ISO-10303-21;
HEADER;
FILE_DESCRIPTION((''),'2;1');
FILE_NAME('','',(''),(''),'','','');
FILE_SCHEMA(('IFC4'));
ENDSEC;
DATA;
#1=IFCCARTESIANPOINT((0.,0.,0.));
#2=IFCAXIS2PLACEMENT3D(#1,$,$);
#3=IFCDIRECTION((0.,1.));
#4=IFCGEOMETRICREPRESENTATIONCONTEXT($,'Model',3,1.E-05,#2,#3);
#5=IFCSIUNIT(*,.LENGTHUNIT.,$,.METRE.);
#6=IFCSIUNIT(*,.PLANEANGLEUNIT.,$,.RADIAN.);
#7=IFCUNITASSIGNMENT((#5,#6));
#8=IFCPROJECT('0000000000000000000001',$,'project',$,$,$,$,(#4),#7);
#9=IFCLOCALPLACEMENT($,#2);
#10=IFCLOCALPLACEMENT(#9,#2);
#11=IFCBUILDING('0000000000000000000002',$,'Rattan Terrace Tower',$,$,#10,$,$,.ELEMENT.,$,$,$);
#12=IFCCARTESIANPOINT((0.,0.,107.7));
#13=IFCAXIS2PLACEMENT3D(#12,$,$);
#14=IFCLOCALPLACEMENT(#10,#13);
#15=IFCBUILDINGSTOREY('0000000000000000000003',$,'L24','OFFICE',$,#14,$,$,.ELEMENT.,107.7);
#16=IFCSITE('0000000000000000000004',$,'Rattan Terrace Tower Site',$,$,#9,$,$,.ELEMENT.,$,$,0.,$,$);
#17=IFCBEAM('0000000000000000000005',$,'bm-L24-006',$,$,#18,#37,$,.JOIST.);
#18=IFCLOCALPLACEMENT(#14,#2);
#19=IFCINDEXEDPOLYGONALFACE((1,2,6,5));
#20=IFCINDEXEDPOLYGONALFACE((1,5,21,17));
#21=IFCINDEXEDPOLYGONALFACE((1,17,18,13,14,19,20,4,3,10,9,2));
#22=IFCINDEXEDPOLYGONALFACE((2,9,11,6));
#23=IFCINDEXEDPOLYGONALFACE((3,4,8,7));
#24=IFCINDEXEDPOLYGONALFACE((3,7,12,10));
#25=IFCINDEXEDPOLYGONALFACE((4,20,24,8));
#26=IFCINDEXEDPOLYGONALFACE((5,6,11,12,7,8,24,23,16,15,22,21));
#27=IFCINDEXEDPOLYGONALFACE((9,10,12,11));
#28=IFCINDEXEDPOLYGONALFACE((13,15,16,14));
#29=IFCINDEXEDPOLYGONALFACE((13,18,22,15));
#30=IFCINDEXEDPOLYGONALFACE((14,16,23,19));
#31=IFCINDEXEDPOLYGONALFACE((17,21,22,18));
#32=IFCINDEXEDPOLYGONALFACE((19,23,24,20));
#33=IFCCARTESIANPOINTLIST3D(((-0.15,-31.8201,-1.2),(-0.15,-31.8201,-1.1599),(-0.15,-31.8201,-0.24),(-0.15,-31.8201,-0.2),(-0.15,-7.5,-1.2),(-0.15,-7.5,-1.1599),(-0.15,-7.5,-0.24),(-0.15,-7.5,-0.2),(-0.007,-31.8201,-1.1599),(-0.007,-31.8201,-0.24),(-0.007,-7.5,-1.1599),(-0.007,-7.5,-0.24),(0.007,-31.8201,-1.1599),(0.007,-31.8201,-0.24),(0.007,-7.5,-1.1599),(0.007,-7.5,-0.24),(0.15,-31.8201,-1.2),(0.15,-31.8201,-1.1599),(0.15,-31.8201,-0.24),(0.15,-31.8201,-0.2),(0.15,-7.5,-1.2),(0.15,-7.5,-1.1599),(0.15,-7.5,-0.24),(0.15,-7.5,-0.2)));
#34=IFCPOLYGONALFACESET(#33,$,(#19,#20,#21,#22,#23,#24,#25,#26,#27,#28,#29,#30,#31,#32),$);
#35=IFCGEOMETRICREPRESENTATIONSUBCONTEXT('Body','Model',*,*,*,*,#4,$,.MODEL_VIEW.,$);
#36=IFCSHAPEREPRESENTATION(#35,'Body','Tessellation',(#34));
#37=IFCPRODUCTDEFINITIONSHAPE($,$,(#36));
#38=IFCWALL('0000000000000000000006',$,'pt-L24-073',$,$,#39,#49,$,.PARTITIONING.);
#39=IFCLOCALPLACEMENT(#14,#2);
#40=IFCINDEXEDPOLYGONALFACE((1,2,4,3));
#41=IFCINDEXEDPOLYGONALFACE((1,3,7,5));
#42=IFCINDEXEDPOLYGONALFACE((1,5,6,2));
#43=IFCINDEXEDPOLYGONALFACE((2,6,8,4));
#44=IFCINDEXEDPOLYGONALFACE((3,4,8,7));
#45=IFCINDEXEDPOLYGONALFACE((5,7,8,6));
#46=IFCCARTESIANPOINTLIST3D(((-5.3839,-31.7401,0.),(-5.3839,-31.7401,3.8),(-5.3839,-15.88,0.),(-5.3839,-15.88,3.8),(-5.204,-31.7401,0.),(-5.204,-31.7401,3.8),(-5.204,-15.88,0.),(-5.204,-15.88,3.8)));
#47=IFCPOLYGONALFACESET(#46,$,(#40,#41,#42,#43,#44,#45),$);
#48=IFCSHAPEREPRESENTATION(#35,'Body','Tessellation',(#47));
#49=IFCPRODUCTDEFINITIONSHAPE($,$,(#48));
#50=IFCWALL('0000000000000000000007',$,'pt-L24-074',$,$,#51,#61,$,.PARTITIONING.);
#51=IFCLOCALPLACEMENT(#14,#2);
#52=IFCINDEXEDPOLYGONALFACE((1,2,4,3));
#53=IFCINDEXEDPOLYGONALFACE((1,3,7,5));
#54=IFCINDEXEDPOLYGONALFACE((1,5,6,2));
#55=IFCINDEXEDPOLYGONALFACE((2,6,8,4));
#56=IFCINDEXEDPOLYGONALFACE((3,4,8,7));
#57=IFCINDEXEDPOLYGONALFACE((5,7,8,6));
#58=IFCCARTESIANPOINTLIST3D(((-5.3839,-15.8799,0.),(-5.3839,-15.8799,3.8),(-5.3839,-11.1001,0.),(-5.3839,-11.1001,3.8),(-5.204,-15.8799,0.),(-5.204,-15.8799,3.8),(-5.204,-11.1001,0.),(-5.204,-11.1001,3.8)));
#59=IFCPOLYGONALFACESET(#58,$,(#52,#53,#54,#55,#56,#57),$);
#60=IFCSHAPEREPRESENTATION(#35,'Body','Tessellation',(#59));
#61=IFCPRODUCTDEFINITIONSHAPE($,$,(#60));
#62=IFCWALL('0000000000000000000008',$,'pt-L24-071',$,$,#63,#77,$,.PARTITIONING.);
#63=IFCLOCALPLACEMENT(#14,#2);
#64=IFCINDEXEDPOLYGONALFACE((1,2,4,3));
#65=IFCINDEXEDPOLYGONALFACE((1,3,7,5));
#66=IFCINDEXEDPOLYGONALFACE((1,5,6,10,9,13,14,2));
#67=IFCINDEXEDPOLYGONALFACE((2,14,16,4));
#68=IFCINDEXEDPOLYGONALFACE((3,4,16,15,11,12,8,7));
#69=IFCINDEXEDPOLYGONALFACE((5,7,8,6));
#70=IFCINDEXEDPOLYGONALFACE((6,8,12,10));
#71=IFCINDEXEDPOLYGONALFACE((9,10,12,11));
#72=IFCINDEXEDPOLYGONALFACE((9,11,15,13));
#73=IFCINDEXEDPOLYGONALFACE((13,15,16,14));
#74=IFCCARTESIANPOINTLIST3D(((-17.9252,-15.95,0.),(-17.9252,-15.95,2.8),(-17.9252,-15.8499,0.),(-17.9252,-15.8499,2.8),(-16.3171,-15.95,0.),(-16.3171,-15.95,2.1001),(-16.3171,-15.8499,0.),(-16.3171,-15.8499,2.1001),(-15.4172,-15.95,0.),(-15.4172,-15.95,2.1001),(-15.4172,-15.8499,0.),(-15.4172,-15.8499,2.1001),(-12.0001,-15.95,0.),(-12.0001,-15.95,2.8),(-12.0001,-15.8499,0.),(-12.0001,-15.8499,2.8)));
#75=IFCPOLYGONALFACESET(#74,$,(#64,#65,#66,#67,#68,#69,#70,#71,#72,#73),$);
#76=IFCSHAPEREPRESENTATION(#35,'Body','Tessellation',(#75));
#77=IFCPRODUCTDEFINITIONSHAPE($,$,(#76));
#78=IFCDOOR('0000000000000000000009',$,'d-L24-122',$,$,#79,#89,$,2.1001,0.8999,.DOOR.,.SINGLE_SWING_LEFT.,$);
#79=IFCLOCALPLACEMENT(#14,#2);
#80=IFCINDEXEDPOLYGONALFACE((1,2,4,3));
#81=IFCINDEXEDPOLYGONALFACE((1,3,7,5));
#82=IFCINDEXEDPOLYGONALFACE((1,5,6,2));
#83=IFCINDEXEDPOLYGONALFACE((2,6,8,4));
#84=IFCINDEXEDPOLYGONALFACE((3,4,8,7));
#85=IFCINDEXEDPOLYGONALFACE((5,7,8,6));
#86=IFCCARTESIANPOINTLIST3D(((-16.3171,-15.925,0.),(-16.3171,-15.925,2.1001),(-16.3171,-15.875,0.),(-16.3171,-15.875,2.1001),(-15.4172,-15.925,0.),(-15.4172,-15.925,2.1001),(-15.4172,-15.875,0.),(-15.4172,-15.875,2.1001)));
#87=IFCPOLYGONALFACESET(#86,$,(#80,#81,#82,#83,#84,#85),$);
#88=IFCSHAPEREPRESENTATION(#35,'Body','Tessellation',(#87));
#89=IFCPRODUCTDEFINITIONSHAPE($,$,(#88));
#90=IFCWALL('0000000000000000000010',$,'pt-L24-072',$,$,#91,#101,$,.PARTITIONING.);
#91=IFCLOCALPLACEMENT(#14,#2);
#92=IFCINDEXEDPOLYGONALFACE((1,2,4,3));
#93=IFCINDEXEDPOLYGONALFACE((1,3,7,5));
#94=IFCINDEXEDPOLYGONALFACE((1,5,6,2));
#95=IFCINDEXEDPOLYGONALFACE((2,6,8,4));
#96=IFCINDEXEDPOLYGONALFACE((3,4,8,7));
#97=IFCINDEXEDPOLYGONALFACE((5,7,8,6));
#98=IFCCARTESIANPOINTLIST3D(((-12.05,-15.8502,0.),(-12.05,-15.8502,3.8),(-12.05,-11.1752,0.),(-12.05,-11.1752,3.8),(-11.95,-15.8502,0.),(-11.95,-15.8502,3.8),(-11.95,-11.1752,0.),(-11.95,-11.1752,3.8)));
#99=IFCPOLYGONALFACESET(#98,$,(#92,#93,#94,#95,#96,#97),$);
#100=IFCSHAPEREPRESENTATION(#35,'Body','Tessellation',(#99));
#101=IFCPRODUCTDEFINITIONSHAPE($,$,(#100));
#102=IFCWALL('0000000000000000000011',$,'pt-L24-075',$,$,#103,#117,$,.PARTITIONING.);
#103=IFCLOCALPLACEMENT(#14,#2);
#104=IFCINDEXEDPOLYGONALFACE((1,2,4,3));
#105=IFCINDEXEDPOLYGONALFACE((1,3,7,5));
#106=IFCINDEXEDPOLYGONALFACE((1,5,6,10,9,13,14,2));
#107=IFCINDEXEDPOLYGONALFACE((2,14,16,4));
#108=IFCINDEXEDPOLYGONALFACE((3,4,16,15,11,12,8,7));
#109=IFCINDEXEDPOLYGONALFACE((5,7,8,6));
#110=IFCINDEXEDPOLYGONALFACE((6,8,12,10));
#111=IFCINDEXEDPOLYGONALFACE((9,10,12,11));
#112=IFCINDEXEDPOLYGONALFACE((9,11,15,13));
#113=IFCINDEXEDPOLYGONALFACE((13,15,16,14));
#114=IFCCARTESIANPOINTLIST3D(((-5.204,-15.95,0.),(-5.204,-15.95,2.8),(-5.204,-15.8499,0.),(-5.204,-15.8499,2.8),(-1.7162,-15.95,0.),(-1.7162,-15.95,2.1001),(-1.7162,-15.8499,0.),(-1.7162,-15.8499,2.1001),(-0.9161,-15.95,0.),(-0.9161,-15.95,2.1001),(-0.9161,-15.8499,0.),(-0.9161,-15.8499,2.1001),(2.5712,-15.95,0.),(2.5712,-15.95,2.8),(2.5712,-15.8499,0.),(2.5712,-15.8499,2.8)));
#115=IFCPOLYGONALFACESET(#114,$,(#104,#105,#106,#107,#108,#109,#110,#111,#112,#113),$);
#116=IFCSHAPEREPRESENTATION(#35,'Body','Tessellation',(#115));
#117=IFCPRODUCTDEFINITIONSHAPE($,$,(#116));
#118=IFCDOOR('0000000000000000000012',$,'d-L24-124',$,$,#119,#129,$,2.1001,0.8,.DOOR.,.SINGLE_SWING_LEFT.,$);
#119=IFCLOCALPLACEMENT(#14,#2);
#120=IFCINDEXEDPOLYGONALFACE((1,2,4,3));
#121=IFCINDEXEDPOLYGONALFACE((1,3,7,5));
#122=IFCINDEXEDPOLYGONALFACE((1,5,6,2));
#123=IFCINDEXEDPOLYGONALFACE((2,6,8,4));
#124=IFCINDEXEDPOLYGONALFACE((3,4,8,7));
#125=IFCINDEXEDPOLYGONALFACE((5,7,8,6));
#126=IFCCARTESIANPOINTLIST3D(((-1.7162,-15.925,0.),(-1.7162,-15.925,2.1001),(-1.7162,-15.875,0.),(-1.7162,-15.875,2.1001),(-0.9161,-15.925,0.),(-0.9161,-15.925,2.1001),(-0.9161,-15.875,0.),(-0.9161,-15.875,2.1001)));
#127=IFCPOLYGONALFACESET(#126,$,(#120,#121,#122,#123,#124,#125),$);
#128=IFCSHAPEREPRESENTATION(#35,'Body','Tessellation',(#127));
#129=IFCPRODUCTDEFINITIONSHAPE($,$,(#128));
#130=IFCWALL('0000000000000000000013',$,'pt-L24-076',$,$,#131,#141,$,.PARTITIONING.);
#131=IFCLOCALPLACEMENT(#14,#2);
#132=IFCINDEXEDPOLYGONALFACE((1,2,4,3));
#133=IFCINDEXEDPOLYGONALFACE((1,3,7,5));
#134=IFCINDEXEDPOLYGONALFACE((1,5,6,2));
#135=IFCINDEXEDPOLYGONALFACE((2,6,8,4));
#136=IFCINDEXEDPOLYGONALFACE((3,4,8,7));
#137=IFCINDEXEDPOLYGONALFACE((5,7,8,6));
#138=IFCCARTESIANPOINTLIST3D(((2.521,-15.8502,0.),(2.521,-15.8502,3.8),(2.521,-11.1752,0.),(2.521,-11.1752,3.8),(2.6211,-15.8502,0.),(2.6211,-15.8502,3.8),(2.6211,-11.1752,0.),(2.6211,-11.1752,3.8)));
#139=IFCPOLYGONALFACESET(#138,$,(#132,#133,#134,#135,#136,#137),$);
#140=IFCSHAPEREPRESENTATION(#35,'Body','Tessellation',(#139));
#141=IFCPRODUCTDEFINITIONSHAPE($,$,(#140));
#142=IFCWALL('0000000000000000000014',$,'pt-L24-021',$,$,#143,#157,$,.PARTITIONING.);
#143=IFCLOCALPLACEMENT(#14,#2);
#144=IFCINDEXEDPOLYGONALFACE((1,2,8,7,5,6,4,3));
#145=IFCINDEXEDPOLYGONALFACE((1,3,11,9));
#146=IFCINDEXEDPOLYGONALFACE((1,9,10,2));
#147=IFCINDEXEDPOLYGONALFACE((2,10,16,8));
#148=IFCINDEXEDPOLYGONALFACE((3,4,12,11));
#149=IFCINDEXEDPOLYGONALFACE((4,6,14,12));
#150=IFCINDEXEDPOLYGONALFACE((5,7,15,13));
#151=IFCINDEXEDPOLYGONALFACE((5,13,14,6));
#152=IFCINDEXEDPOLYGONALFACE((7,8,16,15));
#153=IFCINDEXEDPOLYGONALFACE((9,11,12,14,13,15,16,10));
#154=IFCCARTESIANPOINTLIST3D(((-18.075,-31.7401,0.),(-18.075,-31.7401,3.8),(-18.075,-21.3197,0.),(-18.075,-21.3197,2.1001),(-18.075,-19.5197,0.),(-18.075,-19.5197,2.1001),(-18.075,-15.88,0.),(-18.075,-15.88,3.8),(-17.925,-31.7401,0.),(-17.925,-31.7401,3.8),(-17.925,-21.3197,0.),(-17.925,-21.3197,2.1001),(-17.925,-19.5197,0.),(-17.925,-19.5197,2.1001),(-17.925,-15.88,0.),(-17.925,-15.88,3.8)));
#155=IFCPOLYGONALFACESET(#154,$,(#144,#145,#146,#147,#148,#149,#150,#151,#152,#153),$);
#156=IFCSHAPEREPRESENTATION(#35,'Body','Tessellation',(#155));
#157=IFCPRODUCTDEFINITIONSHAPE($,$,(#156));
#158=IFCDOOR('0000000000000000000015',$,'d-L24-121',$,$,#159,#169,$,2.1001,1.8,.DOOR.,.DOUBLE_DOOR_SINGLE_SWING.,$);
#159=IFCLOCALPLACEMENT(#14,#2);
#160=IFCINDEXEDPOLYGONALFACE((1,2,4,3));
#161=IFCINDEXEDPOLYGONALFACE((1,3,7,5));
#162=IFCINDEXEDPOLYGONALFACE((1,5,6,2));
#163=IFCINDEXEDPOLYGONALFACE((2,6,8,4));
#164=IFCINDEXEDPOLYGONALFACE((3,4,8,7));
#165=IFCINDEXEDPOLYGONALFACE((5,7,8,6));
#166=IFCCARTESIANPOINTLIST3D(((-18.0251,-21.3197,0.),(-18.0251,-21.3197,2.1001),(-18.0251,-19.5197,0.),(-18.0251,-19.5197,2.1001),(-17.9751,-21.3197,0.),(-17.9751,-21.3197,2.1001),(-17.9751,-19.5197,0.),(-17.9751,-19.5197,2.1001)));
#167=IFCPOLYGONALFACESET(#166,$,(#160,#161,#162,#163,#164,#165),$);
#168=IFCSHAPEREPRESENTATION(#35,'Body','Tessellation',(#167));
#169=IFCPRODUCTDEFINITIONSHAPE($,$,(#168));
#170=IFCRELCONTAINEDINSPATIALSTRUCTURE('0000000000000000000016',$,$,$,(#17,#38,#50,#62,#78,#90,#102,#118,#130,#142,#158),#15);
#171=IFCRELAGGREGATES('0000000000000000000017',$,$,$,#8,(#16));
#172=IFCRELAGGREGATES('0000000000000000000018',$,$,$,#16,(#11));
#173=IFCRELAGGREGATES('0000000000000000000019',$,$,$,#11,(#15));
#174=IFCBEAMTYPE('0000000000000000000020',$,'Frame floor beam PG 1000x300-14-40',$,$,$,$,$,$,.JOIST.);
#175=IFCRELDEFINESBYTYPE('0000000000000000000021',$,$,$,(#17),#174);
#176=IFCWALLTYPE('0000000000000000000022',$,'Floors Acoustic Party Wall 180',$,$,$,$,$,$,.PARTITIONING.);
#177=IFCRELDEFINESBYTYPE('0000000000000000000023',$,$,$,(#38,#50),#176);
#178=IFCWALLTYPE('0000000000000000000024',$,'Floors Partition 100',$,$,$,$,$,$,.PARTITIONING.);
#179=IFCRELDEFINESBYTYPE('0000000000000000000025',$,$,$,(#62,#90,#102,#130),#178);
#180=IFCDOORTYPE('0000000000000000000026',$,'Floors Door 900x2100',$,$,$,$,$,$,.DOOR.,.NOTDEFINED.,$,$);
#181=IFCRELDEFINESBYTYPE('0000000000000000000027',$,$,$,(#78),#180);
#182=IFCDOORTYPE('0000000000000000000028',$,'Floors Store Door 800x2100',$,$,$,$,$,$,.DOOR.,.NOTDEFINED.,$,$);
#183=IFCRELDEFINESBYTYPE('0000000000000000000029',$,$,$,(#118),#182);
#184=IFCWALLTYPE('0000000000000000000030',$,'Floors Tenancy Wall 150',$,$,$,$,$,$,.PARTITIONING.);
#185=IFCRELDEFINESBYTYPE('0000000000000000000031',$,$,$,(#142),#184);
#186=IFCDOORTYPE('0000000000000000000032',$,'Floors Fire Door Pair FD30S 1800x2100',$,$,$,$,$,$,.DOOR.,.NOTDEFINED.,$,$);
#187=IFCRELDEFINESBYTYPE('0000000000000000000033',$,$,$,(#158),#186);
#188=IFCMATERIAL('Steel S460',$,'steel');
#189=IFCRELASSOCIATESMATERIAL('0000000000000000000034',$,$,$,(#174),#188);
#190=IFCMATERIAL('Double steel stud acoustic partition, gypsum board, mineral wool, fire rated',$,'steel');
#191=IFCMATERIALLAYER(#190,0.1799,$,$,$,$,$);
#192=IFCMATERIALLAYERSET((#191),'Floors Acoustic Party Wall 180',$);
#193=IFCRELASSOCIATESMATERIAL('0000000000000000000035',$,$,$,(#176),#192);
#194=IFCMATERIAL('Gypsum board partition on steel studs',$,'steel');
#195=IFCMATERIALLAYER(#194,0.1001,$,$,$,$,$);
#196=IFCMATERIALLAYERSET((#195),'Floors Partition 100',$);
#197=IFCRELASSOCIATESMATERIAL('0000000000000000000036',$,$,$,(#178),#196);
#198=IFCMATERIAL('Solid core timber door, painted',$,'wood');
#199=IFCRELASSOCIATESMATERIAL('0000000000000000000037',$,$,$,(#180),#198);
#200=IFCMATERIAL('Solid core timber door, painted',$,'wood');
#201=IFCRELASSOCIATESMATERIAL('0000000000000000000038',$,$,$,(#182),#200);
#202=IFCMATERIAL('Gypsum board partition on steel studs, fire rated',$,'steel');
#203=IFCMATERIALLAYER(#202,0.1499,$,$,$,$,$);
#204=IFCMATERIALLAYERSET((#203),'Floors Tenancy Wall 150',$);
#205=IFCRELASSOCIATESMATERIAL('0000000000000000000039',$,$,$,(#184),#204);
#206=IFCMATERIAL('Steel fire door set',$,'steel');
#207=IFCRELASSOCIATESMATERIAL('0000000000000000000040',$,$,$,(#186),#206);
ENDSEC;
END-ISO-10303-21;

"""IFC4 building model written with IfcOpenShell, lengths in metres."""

from ifc_helpers import new_model, si_unit, direction, frame, frame_2d, origin, origin_2d, place, context, subcontext, project, spatial, rectangle, i_section, extrude, material, layer, layer_set, material_profile, profile_set, type_object, element, fill, save


model = new_model("IFC4")

# Units and contexts
model_context = context("Model", 3, precision=1e-05, world=origin(), true_north=direction((0.0, 1.0)))
body_context = subcontext(model_context, "Body", "Model", "MODEL_VIEW")
ifc_project = project(units=[si_unit("LENGTHUNIT", "METRE"), si_unit("PLANEANGLEUNIT", "RADIAN")], contexts=[model_context])

# Site, building, storey
site_placement = place(None, origin())
site = spatial("IfcSite", under=ifc_project, at=site_placement, Name="Rattan Terrace Tower Site", CompositionType="ELEMENT", RefElevation=0.0)
building_placement = place(site_placement, origin())
building = spatial("IfcBuilding", under=site, at=building_placement, Name="Rattan Terrace Tower", CompositionType="ELEMENT")
storey_placement = place(building_placement, frame((0.0, 0.0, 107.7)))
storey = spatial("IfcBuildingStorey", under=building, at=storey_placement, Name="L24", Description="OFFICE", CompositionType="ELEMENT", Elevation=107.7)

# Beam
ifc_material_1 = material(Name="Steel S460", Category="steel")
ifc_material_profile = material_profile(ifc_material_1, i_section(OverallWidth=0.3, OverallDepth=1.0, WebThickness=0.0139, FlangeThickness=0.04, at=origin_2d()), Name="PG 1000x300-14-40")
ifc_profile_set = profile_set([ifc_material_profile], Name="Steel S460")
beam_type = type_object("IfcBeamType", Name="Frame floor beam PG 1000x300-14-40", PredefinedType="JOIST", material=ifc_profile_set)
beam_placement = place(storey_placement, frame((0.0, -31.8201, -0.7), z_axis=(0.0, 1.0, 0.0), x_axis=(-1.0, 0.0, 0.0)))
element("IfcBeam", 1, at=beam_placement, inside=storey, type_object=beam_type, Name="bm-L24-006", PredefinedType="JOIST", context=body_context, shape_type="SweptSolid", body=[
    extrude(i_section(OverallWidth=0.3, OverallDepth=1.0, WebThickness=0.0139, FlangeThickness=0.04, at=origin_2d()), origin(), (0.0, 0.0, 1.0), 24.3201),
])

# Walls
ifc_material_2 = material(Name="Double steel stud acoustic partition, gypsum board, mineral wool, fire rated", Category="steel")
ifc_layer_1 = layer(ifc_material_2, 0.1799)
ifc_layer_set_1 = layer_set([ifc_layer_1], Name="Floors Acoustic Party Wall 180")
wall_type_1 = type_object("IfcWallType", Name="Floors Acoustic Party Wall 180", PredefinedType="PARTITIONING", material=ifc_layer_set_1)
wall_1_placement = place(storey_placement, frame((-5.2939, -15.8799, 0.0), z_axis=(0.0, 0.0, 1.0), x_axis=(0.0, -1.0, 0.0)))
element("IfcWall", 2, at=wall_1_placement, inside=storey, type_object=wall_type_1, Name="pt-L24-073", PredefinedType="PARTITIONING", context=body_context, shape_type="SweptSolid", body=[
    extrude(rectangle(XDim=15.8601, YDim=0.1799, at=frame_2d((7.9302, 0.0))), origin(), (0.0, 0.0, 1.0), 3.8),
])
wall_2_placement = place(storey_placement, frame((-5.2939, -11.1001, 0.0), z_axis=(0.0, 0.0, 1.0), x_axis=(0.0, -1.0, 0.0)))
element("IfcWall", 3, at=wall_2_placement, inside=storey, type_object=wall_type_1, Name="pt-L24-074", PredefinedType="PARTITIONING", context=body_context, shape_type="SweptSolid", body=[
    extrude(rectangle(XDim=4.7798, YDim=0.1799, at=frame_2d((2.3899, 0.0))), origin(), (0.0, 0.0, 1.0), 3.8),
])

# Wall, opening, door
ifc_material_3 = material(Name="Gypsum board partition on steel studs", Category="steel")
ifc_layer_2 = layer(ifc_material_3, 0.1001)
ifc_layer_set_2 = layer_set([ifc_layer_2], Name="Floors Partition 100")
wall_type_2 = type_object("IfcWallType", Name="Floors Partition 100", PredefinedType="PARTITIONING", material=ifc_layer_set_2)
wall_3_placement = place(storey_placement, frame((-17.925, -15.8999, 0.0), z_axis=(0.0, 0.0, 1.0), x_axis=(1.0, 0.0, 0.0)))
wall_3 = element("IfcWall", 4, at=wall_3_placement, inside=storey, type_object=wall_type_2, Name="pt-L24-071", PredefinedType="PARTITIONING", context=body_context, shape_type="SweptSolid", body=[
    extrude(rectangle(XDim=5.925, YDim=0.1001, at=frame_2d((2.9624, 0.0))), origin(), (0.0, 0.0, 1.0), 2.8),
])
opening_1_placement = place(wall_3_placement, frame((1.6079, 0.0, 0.0)))
opening_1 = element("IfcOpeningElement", 5, at=opening_1_placement, cuts=wall_3, PredefinedType="OPENING", context=body_context, shape_type="SweptSolid", body=[
    extrude(rectangle(XDim=0.8999, YDim=2.1001, at=frame_2d((0.45, 1.05))), frame((0.0, 0.0605, 0.0), z_axis=(0.0, -1.0, 0.0), x_axis=(1.0, 0.0, 0.0)), (0.0, 0.0, 1.0), 0.1211),
])
ifc_material_4 = material(Name="Solid core timber door, painted", Category="wood")
door_type_1 = type_object("IfcDoorType", Name="Floors Door 900x2100", OperationType="NOTDEFINED", PredefinedType="DOOR", material=ifc_material_4)
door_1_placement = place(opening_1_placement, origin())
door_1 = element("IfcDoor", 6, at=door_1_placement, inside=storey, type_object=door_type_1, Name="d-L24-122", OperationType="SINGLE_SWING_LEFT", OverallHeight=2.1001, OverallWidth=0.8999, PredefinedType="DOOR", context=body_context, shape_type="SweptSolid", body=[
    extrude(rectangle(XDim=0.8999, YDim=2.1001, at=frame_2d((0.45, 1.05))), frame((0.0, 0.0249, 0.0), z_axis=(0.0, -1.0, 0.0), x_axis=(1.0, 0.0, 0.0)), (0.0, 0.0, 1.0), 0.05),
])
fill(opening_1, door_1)

# Wall
wall_4_placement = place(storey_placement, frame((-12.0, -15.8501, 0.0), z_axis=(0.0, 0.0, 1.0), x_axis=(0.0, 1.0, 0.0)))
element("IfcWall", 7, at=wall_4_placement, inside=storey, type_object=wall_type_2, Name="pt-L24-072", PredefinedType="PARTITIONING", context=body_context, shape_type="SweptSolid", body=[
    extrude(rectangle(XDim=4.675, YDim=0.1001, at=frame_2d((2.3374, 0.0))), origin(), (0.0, 0.0, 1.0), 3.8),
])

# Wall, opening, door
wall_5_placement = place(storey_placement, frame((-5.2041, -15.8999, 0.0), z_axis=(0.0, 0.0, 1.0), x_axis=(1.0, 0.0, 0.0)))
wall_5 = element("IfcWall", 8, at=wall_5_placement, inside=storey, type_object=wall_type_2, Name="pt-L24-075", PredefinedType="PARTITIONING", context=body_context, shape_type="SweptSolid", body=[
    extrude(rectangle(XDim=7.7751, YDim=0.1001, at=frame_2d((3.8877, 0.0))), origin(), (0.0, 0.0, 1.0), 2.8),
])
opening_2_placement = place(wall_5_placement, frame((3.488, 0.0, 0.0)))
opening_2 = element("IfcOpeningElement", 9, at=opening_2_placement, cuts=wall_5, PredefinedType="OPENING", context=body_context, shape_type="SweptSolid", body=[
    extrude(rectangle(XDim=0.8, YDim=2.1001, at=frame_2d((0.3999, 1.05))), frame((0.0, 0.0605, 0.0), z_axis=(0.0, -1.0, 0.0), x_axis=(1.0, 0.0, 0.0)), (0.0, 0.0, 1.0), 0.1211),
])
ifc_material_5 = material(Name="Solid core timber door, painted", Category="wood")
door_type_2 = type_object("IfcDoorType", Name="Floors Store Door 800x2100", OperationType="NOTDEFINED", PredefinedType="DOOR", material=ifc_material_5)
door_2_placement = place(opening_2_placement, origin())
door_2 = element("IfcDoor", 10, at=door_2_placement, inside=storey, type_object=door_type_2, Name="d-L24-124", OperationType="SINGLE_SWING_LEFT", OverallHeight=2.1001, OverallWidth=0.8, PredefinedType="DOOR", context=body_context, shape_type="SweptSolid", body=[
    extrude(rectangle(XDim=0.8, YDim=2.1001, at=frame_2d((0.3999, 1.05))), frame((0.0, 0.0249, 0.0), z_axis=(0.0, -1.0, 0.0), x_axis=(1.0, 0.0, 0.0)), (0.0, 0.0, 1.0), 0.05),
])
fill(opening_2, door_2)

# Wall
wall_6_placement = place(storey_placement, frame((2.571, -15.8501, 0.0), z_axis=(0.0, 0.0, 1.0), x_axis=(0.0, 1.0, 0.0)))
element("IfcWall", 11, at=wall_6_placement, inside=storey, type_object=wall_type_2, Name="pt-L24-076", PredefinedType="PARTITIONING", context=body_context, shape_type="SweptSolid", body=[
    extrude(rectangle(XDim=4.675, YDim=0.1001, at=frame_2d((2.3374, 0.0))), origin(), (0.0, 0.0, 1.0), 3.8),
])

# Wall, opening, door
ifc_material_6 = material(Name="Gypsum board partition on steel studs, fire rated", Category="steel")
ifc_layer_3 = layer(ifc_material_6, 0.1499)
ifc_layer_set_3 = layer_set([ifc_layer_3], Name="Floors Tenancy Wall 150")
wall_type_3 = type_object("IfcWallType", Name="Floors Tenancy Wall 150", PredefinedType="PARTITIONING", material=ifc_layer_set_3)
wall_7_placement = place(storey_placement, frame((-18.0, -15.8799, 0.0), z_axis=(0.0, 0.0, 1.0), x_axis=(0.0, -1.0, 0.0)))
wall_7 = element("IfcWall", 12, at=wall_7_placement, inside=storey, type_object=wall_type_3, Name="pt-L24-021", PredefinedType="PARTITIONING", context=body_context, shape_type="SweptSolid", body=[
    extrude(rectangle(XDim=15.8601, YDim=0.1499, at=frame_2d((7.9302, 0.0))), origin(), (0.0, 0.0, 1.0), 3.8),
])
opening_3_placement = place(wall_7_placement, frame((3.6399, 0.0, 0.0)))
opening_3 = element("IfcOpeningElement", 13, at=opening_3_placement, cuts=wall_7, PredefinedType="OPENING", context=body_context, shape_type="SweptSolid", body=[
    extrude(rectangle(XDim=1.8, YDim=2.1001, at=frame_2d((0.8999, 1.05))), frame((0.0, 0.0854, 0.0), z_axis=(0.0, -1.0, 0.0), x_axis=(1.0, 0.0, 0.0)), (0.0, 0.0, 1.0), 0.1709),
])
ifc_material_7 = material(Name="Steel fire door set", Category="steel")
door_type_3 = type_object("IfcDoorType", Name="Floors Fire Door Pair FD30S 1800x2100", OperationType="NOTDEFINED", PredefinedType="DOOR", material=ifc_material_7)
door_3_placement = place(opening_3_placement, origin())
door_3 = element("IfcDoor", 14, at=door_3_placement, inside=storey, type_object=door_type_3, Name="d-L24-121", OperationType="DOUBLE_DOOR_SINGLE_SWING", OverallHeight=2.1001, OverallWidth=1.8, PredefinedType="DOOR", context=body_context, shape_type="SweptSolid", body=[
    extrude(rectangle(XDim=1.8, YDim=2.1001, at=frame_2d((0.8999, 1.05))), frame((0.0, 0.0249, 0.0), z_axis=(0.0, -1.0, 0.0), x_axis=(1.0, 0.0, 0.0)), (0.0, 0.0, 1.0), 0.05),
])
fill(opening_3, door_3)

save(model, "model.ifc")
